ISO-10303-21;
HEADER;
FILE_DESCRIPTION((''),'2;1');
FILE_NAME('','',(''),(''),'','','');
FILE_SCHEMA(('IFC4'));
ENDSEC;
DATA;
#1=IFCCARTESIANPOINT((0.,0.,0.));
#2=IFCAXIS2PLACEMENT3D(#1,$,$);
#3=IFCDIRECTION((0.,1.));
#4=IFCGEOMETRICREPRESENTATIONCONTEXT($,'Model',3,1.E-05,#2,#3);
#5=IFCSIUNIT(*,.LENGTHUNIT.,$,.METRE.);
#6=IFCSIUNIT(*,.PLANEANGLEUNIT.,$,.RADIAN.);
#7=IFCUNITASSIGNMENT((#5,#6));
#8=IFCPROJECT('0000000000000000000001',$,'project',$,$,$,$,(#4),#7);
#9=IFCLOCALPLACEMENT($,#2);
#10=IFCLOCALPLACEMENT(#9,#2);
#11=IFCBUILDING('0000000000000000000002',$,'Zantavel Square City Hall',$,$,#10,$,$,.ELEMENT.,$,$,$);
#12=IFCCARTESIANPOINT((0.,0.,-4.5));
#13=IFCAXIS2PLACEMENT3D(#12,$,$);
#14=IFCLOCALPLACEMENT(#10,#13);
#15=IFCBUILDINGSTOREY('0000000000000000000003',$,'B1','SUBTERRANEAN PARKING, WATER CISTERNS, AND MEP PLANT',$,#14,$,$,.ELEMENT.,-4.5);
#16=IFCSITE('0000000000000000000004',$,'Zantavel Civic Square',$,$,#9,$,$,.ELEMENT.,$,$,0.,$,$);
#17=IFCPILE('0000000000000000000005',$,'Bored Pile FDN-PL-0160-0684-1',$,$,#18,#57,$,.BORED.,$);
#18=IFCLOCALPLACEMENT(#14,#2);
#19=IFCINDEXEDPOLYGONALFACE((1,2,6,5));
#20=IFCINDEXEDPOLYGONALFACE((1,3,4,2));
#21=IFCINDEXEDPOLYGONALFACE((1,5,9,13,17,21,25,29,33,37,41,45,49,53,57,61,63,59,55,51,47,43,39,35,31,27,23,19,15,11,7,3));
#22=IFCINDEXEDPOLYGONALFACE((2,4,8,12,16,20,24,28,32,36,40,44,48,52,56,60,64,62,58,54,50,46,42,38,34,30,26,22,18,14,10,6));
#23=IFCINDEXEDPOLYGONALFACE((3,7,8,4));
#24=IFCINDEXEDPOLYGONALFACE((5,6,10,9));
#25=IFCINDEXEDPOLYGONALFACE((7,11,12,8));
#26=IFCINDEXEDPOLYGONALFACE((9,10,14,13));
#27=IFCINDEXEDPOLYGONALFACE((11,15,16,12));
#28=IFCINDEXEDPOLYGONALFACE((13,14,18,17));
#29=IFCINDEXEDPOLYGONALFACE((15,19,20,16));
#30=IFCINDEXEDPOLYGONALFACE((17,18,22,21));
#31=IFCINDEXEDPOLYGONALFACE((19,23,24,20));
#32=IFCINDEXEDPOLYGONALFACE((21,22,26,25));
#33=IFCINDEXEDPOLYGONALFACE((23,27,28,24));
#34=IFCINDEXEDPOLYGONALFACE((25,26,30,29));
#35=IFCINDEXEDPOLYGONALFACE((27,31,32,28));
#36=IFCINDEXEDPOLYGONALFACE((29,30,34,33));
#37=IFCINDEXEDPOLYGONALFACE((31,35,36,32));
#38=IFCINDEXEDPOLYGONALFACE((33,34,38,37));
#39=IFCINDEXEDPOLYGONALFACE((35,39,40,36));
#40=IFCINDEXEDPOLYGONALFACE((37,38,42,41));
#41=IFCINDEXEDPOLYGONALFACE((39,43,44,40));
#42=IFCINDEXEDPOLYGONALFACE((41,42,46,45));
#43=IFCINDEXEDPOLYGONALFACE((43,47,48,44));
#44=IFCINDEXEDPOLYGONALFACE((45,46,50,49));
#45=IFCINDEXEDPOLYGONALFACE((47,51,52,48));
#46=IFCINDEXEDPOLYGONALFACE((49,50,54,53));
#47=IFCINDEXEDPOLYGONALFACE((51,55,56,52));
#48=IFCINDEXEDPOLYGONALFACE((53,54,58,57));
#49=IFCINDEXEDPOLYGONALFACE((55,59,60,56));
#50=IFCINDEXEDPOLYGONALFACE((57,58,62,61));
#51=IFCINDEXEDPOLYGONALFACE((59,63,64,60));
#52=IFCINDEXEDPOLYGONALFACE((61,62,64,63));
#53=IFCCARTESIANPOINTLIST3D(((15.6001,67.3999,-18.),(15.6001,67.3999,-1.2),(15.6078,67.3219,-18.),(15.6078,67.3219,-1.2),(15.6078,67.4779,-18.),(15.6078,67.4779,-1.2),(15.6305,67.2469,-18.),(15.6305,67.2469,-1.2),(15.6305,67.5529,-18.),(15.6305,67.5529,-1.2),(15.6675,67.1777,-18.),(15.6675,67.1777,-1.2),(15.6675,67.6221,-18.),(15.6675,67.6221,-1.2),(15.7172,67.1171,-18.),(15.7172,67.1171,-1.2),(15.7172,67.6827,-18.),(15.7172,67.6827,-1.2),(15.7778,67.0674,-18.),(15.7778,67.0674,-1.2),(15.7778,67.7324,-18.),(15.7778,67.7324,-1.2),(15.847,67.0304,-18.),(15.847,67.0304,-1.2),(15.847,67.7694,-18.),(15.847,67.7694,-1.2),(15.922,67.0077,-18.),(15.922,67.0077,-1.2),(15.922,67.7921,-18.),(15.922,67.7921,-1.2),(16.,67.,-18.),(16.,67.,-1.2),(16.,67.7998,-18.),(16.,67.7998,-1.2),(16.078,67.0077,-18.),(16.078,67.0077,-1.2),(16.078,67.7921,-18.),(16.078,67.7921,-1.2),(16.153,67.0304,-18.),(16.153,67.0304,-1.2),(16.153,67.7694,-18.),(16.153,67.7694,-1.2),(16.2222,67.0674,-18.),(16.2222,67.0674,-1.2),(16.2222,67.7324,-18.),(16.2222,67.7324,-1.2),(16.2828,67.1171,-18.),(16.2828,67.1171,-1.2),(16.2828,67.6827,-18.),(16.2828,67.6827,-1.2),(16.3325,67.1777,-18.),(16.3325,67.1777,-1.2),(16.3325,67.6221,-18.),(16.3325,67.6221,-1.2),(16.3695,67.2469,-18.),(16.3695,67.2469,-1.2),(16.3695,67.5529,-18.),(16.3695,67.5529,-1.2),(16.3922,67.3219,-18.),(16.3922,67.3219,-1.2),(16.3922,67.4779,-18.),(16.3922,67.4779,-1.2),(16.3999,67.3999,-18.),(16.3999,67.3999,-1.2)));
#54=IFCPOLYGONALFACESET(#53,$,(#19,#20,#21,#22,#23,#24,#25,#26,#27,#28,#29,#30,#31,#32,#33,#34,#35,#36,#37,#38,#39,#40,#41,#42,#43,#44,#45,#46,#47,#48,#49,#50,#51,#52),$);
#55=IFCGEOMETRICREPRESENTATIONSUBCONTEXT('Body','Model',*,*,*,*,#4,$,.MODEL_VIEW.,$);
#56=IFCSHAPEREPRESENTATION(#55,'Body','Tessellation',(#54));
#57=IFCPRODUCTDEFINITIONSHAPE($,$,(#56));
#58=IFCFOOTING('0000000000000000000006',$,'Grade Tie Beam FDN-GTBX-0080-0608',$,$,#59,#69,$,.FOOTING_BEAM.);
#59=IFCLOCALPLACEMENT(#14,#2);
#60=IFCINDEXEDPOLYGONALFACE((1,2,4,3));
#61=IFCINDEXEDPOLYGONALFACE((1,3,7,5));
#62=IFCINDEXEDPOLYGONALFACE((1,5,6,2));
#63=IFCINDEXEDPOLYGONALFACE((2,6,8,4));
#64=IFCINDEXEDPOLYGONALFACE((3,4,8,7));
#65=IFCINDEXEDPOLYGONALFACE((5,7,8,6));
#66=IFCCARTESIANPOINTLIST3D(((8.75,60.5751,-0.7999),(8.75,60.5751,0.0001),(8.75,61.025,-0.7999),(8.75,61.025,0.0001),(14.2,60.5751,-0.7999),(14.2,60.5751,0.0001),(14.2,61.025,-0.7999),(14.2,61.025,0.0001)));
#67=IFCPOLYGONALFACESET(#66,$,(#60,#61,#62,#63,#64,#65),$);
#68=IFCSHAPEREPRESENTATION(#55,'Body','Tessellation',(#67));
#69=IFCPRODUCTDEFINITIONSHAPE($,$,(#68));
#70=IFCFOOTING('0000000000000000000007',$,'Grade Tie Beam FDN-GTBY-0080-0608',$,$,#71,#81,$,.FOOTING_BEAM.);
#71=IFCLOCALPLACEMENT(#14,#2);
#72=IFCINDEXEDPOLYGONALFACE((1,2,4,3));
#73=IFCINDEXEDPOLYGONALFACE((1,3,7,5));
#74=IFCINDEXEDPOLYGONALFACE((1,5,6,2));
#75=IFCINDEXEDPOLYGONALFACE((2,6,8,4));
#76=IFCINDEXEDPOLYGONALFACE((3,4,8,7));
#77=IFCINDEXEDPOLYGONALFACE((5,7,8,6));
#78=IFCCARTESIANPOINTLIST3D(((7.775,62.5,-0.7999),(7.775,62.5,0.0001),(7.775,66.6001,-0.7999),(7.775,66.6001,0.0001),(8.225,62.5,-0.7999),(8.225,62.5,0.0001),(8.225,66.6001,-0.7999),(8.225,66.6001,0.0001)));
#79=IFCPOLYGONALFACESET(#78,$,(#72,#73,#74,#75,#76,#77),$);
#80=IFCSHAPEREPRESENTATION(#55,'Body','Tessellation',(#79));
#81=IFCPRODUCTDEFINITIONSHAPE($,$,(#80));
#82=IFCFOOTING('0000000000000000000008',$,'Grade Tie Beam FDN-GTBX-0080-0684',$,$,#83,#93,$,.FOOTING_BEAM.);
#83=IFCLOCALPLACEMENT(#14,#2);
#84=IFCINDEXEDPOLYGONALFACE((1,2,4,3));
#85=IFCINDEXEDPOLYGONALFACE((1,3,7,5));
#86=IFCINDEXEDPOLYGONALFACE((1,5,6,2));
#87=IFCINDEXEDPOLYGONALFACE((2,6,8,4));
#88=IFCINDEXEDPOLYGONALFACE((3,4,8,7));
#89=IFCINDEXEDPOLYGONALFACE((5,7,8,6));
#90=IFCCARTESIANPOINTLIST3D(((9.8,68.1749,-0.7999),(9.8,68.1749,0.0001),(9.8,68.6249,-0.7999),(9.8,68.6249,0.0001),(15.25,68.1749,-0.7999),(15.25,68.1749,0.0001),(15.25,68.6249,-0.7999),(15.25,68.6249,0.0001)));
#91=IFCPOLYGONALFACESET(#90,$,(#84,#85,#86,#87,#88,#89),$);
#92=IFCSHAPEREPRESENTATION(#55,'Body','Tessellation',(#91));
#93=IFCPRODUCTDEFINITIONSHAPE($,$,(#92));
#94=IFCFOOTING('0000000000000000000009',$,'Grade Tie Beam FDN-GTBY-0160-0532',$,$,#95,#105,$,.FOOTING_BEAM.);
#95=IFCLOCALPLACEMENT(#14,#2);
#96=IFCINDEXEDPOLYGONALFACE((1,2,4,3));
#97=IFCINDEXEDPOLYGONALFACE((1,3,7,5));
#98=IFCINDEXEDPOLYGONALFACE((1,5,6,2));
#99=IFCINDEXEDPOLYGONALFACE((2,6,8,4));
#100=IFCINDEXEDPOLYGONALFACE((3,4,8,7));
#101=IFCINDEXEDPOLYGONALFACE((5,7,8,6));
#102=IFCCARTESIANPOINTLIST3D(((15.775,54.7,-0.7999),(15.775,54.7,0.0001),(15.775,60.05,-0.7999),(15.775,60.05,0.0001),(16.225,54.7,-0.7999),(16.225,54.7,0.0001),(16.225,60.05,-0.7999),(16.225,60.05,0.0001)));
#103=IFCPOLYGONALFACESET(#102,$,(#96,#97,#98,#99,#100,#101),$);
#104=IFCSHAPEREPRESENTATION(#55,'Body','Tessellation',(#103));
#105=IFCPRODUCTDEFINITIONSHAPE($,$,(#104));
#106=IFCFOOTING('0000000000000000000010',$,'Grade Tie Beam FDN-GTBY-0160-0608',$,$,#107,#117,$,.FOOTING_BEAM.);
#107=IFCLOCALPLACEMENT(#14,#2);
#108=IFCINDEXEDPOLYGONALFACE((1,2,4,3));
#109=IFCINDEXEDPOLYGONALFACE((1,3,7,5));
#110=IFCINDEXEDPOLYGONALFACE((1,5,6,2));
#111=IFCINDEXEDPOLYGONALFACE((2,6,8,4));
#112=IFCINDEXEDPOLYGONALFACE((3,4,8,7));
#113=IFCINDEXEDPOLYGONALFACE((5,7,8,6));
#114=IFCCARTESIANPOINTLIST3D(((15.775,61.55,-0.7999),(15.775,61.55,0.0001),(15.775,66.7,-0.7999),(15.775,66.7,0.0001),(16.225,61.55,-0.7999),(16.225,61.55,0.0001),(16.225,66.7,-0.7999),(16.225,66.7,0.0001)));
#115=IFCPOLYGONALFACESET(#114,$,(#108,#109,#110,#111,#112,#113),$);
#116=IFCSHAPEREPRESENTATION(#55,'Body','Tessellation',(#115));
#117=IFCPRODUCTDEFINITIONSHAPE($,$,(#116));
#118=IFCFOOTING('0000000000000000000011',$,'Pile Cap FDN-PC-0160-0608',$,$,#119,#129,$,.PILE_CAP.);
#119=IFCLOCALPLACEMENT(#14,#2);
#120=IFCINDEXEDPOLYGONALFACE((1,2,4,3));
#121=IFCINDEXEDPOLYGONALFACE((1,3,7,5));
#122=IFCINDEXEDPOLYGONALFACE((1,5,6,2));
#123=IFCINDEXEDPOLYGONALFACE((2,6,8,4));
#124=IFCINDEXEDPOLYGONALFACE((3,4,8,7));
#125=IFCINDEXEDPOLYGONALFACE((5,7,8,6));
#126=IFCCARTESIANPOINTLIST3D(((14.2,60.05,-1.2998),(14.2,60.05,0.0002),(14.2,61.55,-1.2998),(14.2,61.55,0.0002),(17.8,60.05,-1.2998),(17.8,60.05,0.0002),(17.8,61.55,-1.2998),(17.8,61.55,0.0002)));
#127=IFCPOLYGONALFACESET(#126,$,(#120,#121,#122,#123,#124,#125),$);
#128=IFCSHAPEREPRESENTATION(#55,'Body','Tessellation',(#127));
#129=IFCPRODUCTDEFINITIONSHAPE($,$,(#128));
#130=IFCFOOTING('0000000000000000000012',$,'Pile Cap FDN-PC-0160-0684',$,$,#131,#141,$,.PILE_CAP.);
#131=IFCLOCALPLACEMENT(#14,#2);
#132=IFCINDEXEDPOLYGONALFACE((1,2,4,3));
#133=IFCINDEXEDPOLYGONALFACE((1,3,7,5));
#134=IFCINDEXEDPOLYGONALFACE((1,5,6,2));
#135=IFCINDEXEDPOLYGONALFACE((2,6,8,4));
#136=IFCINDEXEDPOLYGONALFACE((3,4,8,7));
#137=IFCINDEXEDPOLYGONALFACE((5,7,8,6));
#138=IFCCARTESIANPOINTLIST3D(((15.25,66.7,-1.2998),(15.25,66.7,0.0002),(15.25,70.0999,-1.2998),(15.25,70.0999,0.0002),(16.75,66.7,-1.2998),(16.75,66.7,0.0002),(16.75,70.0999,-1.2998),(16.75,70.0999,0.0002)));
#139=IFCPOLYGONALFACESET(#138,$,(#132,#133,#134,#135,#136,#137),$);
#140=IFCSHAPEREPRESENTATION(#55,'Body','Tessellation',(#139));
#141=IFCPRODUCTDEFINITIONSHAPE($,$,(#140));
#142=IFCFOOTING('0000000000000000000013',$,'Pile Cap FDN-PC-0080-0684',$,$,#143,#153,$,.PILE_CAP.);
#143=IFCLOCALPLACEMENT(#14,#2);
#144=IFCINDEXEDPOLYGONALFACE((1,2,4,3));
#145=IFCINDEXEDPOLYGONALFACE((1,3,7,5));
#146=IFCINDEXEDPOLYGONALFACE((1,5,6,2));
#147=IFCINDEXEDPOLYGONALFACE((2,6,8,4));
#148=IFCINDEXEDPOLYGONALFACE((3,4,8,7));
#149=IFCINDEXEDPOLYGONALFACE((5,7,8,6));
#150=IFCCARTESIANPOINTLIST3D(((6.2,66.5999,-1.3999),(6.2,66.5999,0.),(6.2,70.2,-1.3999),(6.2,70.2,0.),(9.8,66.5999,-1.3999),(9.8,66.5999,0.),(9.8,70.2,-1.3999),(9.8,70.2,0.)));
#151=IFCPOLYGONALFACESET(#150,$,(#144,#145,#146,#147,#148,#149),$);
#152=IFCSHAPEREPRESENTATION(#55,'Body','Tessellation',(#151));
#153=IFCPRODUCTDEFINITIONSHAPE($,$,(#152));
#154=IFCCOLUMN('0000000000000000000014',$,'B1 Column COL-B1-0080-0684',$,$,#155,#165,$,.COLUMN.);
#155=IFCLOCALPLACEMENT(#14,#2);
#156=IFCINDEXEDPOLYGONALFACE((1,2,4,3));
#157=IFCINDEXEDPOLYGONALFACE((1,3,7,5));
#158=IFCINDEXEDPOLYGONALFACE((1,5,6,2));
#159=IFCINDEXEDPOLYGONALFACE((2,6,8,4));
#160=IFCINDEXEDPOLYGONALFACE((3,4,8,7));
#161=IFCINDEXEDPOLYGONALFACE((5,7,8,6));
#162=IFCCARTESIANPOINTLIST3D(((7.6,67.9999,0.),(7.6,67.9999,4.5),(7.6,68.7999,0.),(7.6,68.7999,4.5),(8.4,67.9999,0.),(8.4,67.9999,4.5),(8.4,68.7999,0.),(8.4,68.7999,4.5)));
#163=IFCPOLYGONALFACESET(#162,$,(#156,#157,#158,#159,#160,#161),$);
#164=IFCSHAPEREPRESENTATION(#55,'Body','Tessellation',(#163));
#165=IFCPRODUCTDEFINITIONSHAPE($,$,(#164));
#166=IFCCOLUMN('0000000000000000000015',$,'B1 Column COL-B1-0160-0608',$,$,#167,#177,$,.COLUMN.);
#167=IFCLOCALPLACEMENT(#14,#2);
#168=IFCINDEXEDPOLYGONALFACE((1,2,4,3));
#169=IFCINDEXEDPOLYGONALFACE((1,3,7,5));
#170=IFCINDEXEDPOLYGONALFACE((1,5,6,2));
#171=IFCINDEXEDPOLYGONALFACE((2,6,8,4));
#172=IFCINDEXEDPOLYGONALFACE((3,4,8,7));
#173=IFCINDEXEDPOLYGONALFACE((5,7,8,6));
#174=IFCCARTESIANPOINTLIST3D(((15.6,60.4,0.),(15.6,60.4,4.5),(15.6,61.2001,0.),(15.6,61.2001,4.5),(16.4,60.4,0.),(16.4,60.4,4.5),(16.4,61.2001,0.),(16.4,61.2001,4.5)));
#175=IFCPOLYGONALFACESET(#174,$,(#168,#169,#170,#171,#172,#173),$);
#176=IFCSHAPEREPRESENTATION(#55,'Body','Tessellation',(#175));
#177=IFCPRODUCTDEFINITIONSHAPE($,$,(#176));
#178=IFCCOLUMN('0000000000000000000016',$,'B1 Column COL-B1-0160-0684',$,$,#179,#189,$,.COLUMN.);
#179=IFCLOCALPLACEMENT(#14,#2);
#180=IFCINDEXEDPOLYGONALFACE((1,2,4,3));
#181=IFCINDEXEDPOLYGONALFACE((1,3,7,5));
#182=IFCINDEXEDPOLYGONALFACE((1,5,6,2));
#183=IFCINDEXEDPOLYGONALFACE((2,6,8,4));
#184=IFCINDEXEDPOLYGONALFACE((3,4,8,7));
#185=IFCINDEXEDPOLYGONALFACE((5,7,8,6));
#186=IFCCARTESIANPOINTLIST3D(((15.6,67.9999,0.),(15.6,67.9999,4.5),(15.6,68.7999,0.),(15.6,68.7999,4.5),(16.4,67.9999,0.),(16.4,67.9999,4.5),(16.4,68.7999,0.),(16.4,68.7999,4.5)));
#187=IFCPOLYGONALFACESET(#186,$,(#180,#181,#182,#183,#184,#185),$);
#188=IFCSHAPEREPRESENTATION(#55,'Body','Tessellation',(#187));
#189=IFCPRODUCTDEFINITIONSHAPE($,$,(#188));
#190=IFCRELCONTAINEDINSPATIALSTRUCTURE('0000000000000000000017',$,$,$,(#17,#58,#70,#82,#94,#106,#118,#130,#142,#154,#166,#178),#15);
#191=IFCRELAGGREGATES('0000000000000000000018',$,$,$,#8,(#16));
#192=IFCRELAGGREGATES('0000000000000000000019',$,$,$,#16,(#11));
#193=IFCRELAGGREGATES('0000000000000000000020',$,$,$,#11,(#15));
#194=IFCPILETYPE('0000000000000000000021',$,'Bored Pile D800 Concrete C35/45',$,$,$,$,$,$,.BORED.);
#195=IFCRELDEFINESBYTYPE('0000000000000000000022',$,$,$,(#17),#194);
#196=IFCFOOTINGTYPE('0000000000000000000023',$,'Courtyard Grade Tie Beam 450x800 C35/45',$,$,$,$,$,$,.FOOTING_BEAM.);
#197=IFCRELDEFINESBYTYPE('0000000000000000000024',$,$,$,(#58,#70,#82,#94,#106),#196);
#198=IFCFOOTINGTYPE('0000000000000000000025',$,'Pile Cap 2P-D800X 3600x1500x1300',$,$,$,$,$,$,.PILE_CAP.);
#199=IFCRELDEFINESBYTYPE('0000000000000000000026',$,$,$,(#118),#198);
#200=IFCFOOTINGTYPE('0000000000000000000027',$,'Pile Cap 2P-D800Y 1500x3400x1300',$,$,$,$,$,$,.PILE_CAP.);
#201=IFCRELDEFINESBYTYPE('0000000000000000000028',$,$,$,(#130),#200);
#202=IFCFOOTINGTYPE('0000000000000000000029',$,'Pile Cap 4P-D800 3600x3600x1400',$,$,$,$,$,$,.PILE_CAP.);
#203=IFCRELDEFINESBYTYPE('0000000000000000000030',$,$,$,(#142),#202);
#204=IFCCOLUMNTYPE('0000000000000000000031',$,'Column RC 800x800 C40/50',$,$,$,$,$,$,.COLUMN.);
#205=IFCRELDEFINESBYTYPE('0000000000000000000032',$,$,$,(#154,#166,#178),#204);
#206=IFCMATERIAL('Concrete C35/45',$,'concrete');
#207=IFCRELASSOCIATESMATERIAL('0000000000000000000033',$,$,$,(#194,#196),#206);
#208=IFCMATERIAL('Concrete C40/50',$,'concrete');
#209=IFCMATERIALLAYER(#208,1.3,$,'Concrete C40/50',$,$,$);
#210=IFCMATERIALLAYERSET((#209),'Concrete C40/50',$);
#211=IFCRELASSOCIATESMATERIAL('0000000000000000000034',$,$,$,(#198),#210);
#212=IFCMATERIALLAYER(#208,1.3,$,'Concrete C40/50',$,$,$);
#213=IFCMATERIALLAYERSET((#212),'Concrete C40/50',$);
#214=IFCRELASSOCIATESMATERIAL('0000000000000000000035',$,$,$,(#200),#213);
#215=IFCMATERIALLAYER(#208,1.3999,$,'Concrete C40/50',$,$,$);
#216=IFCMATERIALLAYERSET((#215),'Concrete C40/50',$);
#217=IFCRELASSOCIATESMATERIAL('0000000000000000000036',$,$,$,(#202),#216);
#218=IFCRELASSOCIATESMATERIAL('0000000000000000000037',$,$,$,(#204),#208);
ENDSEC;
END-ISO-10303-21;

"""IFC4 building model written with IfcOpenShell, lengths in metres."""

from ifc_helpers import new_model, si_unit, direction, frame, origin, origin_2d, place, context, subcontext, project, spatial, rectangle, circle, extrude, material, layer, layer_set, material_profile, profile_set, type_object, element, save


model = new_model("IFC4")

# Units and contexts
model_context = context("Model", 3, precision=1e-05, world=origin(), true_north=direction((0.0, 1.0)))
body_context = subcontext(model_context, "Body", "Model", "MODEL_VIEW")
ifc_project = project(units=[si_unit("LENGTHUNIT", "METRE"), si_unit("PLANEANGLEUNIT", "RADIAN")], contexts=[model_context])

# Site, building, storey
site_placement = place(None, origin())
site = spatial("IfcSite", under=ifc_project, at=site_placement, Name="Zantavel Civic Square", CompositionType="ELEMENT", RefElevation=0.0)
building_placement = place(site_placement, origin())
building = spatial("IfcBuilding", under=site, at=building_placement, Name="Zantavel Square City Hall", CompositionType="ELEMENT")
storey_placement = place(building_placement, frame((0.0, 0.0, -4.5)))
storey = spatial("IfcBuildingStorey", under=building, at=storey_placement, Name="B1", Description="SUBTERRANEAN PARKING, WATER CISTERNS, AND MEP PLANT", CompositionType="ELEMENT", Elevation=-4.5)

# Pile
ifc_material_1 = material(Name="Concrete C35/45", Category="concrete")
ifc_material_profile_1 = material_profile(ifc_material_1, circle(Radius=0.3999, at=origin_2d()), Name="PILE D800")
ifc_profile_set_1 = profile_set([ifc_material_profile_1], Name="Concrete C35/45")
pile_type = type_object("IfcPileType", Name="Bored Pile D800 Concrete C35/45", PredefinedType="BORED", material=ifc_profile_set_1)
for number, where, z_axis, x_axis, name in (
    (1, (16.0, 67.3999, -1.2), (0.0, 0.0, -1.0), (1.0, 0.0, 0.0), "Bored Pile FDN-PL-0160-0684-1"),
):
    element("IfcPile", number, at=place(storey_placement, frame(where, z_axis=z_axis, x_axis=x_axis)), inside=storey, type_object=pile_type, Name=name, PredefinedType="BORED", context=body_context, shape_type="SweptSolid", body=[
        extrude(circle(Radius=0.3999, at=origin_2d()), origin(), (0.0, 0.0, 1.0), 16.8),
    ])

# Footings
ifc_material_profile_2 = material_profile(ifc_material_1, rectangle(XDim=0.45, YDim=0.8, at=origin_2d()), Name="RC 450x800")
ifc_profile_set_2 = profile_set([ifc_material_profile_2], Name="Concrete C35/45")
footing_type_1 = type_object("IfcFootingType", Name="Courtyard Grade Tie Beam 450x800 C35/45", PredefinedType="FOOTING_BEAM", material=ifc_profile_set_2)
footing_1_placement = place(storey_placement, frame((8.75, 60.8, -0.3999), z_axis=(1.0, 0.0, 0.0), x_axis=(0.0, 1.0, 0.0)))
element("IfcFooting", 2, at=footing_1_placement, inside=storey, type_object=footing_type_1, Name="Grade Tie Beam FDN-GTBX-0080-0608", PredefinedType="FOOTING_BEAM", context=body_context, shape_type="SweptSolid", body=[
    extrude(rectangle(XDim=0.45, YDim=0.8, at=origin_2d()), origin(), (0.0, 0.0, 1.0), 5.45),
])
footing_2_placement = place(storey_placement, frame((8.0, 62.5, -0.3999), z_axis=(0.0, 1.0, 0.0), x_axis=(-1.0, 0.0, 0.0)))
element("IfcFooting", 3, at=footing_2_placement, inside=storey, type_object=footing_type_1, Name="Grade Tie Beam FDN-GTBY-0080-0608", PredefinedType="FOOTING_BEAM", context=body_context, shape_type="SweptSolid", body=[
    extrude(rectangle(XDim=0.45, YDim=0.8, at=origin_2d()), origin(), (0.0, 0.0, 1.0), 4.1001),
])
footing_3_placement = place(storey_placement, frame((9.8, 68.3999, -0.3999), z_axis=(1.0, 0.0, 0.0), x_axis=(0.0, 1.0, 0.0)))
element("IfcFooting", 4, at=footing_3_placement, inside=storey, type_object=footing_type_1, Name="Grade Tie Beam FDN-GTBX-0080-0684", PredefinedType="FOOTING_BEAM", context=body_context, shape_type="SweptSolid", body=[
    extrude(rectangle(XDim=0.45, YDim=0.8, at=origin_2d()), origin(), (0.0, 0.0, 1.0), 5.45),
])
footing_4_placement = place(storey_placement, frame((16.0, 54.7, -0.3999), z_axis=(0.0, 1.0, 0.0), x_axis=(-1.0, 0.0, 0.0)))
element("IfcFooting", 5, at=footing_4_placement, inside=storey, type_object=footing_type_1, Name="Grade Tie Beam FDN-GTBY-0160-0532", PredefinedType="FOOTING_BEAM", context=body_context, shape_type="SweptSolid", body=[
    extrude(rectangle(XDim=0.45, YDim=0.8, at=origin_2d()), origin(), (0.0, 0.0, 1.0), 5.3501),
])
footing_5_placement = place(storey_placement, frame((16.0, 61.55, -0.3999), z_axis=(0.0, 1.0, 0.0), x_axis=(-1.0, 0.0, 0.0)))
element("IfcFooting", 6, at=footing_5_placement, inside=storey, type_object=footing_type_1, Name="Grade Tie Beam FDN-GTBY-0160-0608", PredefinedType="FOOTING_BEAM", context=body_context, shape_type="SweptSolid", body=[
    extrude(rectangle(XDim=0.45, YDim=0.8, at=origin_2d()), origin(), (0.0, 0.0, 1.0), 5.1499),
])
ifc_material_2 = material(Name="Concrete C40/50", Category="concrete")
ifc_layer_1 = layer(ifc_material_2, 1.3, Name="Concrete C40/50")
ifc_layer_set_1 = layer_set([ifc_layer_1], Name="Concrete C40/50")
footing_type_2 = type_object("IfcFootingType", Name="Pile Cap 2P-D800X 3600x1500x1300", PredefinedType="PILE_CAP", material=ifc_layer_set_1)
footing_6_placement = place(storey_placement, frame((16.0, 60.8, -1.2998), z_axis=(0.0, 0.0, 1.0), x_axis=(1.0, 0.0, 0.0)))
element("IfcFooting", 7, at=footing_6_placement, inside=storey, type_object=footing_type_2, Name="Pile Cap FDN-PC-0160-0608", PredefinedType="PILE_CAP", context=body_context, shape_type="SweptSolid", body=[
    extrude(rectangle(XDim=3.6001, YDim=1.5, at=origin_2d()), origin(), (0.0, 0.0, 1.0), 1.3),
])
ifc_layer_2 = layer(ifc_material_2, 1.3, Name="Concrete C40/50")
ifc_layer_set_2 = layer_set([ifc_layer_2], Name="Concrete C40/50")
footing_type_3 = type_object("IfcFootingType", Name="Pile Cap 2P-D800Y 1500x3400x1300", PredefinedType="PILE_CAP", material=ifc_layer_set_2)
footing_7_placement = place(storey_placement, frame((16.0, 68.3999, -1.2998), z_axis=(0.0, 0.0, 1.0), x_axis=(1.0, 0.0, 0.0)))
element("IfcFooting", 8, at=footing_7_placement, inside=storey, type_object=footing_type_3, Name="Pile Cap FDN-PC-0160-0684", PredefinedType="PILE_CAP", context=body_context, shape_type="SweptSolid", body=[
    extrude(rectangle(XDim=1.5, YDim=3.3999, at=origin_2d()), origin(), (0.0, 0.0, 1.0), 1.3),
])
ifc_layer_3 = layer(ifc_material_2, 1.3999, Name="Concrete C40/50")
ifc_layer_set_3 = layer_set([ifc_layer_3], Name="Concrete C40/50")
footing_type_4 = type_object("IfcFootingType", Name="Pile Cap 4P-D800 3600x3600x1400", PredefinedType="PILE_CAP", material=ifc_layer_set_3)
footing_8_placement = place(storey_placement, frame((8.0, 68.3999, -1.3999), z_axis=(0.0, 0.0, 1.0), x_axis=(1.0, 0.0, 0.0)))
element("IfcFooting", 9, at=footing_8_placement, inside=storey, type_object=footing_type_4, Name="Pile Cap FDN-PC-0080-0684", PredefinedType="PILE_CAP", context=body_context, shape_type="SweptSolid", body=[
    extrude(rectangle(XDim=3.6001, YDim=3.6001, at=origin_2d()), origin(), (0.0, 0.0, 1.0), 1.3999),
])

# Columns
ifc_material_profile_3 = material_profile(ifc_material_2, rectangle(XDim=0.8, YDim=0.8, at=origin_2d()), Name="RC 800x800")
ifc_profile_set_3 = profile_set([ifc_material_profile_3], Name="Concrete C40/50")
column_type = type_object("IfcColumnType", Name="Column RC 800x800 C40/50", PredefinedType="COLUMN", material=ifc_profile_set_3)
for number, where, z_axis, x_axis, name in (
    (10, (8.0, 68.3999, 0.0), (0.0, 0.0, 1.0), (1.0, 0.0, 0.0), "B1 Column COL-B1-0080-0684"),
    (11, (16.0, 60.8, 0.0), (0.0, 0.0, 1.0), (1.0, 0.0, 0.0), "B1 Column COL-B1-0160-0608"),
    (12, (16.0, 68.3999, 0.0), (0.0, 0.0, 1.0), (1.0, 0.0, 0.0), "B1 Column COL-B1-0160-0684"),
):
    element("IfcColumn", number, at=place(storey_placement, frame(where, z_axis=z_axis, x_axis=x_axis)), inside=storey, type_object=column_type, Name=name, PredefinedType="COLUMN", context=body_context, shape_type="SweptSolid", body=[
        extrude(rectangle(XDim=0.8, YDim=0.8, at=origin_2d()), origin(), (0.0, 0.0, 1.0), 4.5),
    ])

save(model, "model.ifc")
